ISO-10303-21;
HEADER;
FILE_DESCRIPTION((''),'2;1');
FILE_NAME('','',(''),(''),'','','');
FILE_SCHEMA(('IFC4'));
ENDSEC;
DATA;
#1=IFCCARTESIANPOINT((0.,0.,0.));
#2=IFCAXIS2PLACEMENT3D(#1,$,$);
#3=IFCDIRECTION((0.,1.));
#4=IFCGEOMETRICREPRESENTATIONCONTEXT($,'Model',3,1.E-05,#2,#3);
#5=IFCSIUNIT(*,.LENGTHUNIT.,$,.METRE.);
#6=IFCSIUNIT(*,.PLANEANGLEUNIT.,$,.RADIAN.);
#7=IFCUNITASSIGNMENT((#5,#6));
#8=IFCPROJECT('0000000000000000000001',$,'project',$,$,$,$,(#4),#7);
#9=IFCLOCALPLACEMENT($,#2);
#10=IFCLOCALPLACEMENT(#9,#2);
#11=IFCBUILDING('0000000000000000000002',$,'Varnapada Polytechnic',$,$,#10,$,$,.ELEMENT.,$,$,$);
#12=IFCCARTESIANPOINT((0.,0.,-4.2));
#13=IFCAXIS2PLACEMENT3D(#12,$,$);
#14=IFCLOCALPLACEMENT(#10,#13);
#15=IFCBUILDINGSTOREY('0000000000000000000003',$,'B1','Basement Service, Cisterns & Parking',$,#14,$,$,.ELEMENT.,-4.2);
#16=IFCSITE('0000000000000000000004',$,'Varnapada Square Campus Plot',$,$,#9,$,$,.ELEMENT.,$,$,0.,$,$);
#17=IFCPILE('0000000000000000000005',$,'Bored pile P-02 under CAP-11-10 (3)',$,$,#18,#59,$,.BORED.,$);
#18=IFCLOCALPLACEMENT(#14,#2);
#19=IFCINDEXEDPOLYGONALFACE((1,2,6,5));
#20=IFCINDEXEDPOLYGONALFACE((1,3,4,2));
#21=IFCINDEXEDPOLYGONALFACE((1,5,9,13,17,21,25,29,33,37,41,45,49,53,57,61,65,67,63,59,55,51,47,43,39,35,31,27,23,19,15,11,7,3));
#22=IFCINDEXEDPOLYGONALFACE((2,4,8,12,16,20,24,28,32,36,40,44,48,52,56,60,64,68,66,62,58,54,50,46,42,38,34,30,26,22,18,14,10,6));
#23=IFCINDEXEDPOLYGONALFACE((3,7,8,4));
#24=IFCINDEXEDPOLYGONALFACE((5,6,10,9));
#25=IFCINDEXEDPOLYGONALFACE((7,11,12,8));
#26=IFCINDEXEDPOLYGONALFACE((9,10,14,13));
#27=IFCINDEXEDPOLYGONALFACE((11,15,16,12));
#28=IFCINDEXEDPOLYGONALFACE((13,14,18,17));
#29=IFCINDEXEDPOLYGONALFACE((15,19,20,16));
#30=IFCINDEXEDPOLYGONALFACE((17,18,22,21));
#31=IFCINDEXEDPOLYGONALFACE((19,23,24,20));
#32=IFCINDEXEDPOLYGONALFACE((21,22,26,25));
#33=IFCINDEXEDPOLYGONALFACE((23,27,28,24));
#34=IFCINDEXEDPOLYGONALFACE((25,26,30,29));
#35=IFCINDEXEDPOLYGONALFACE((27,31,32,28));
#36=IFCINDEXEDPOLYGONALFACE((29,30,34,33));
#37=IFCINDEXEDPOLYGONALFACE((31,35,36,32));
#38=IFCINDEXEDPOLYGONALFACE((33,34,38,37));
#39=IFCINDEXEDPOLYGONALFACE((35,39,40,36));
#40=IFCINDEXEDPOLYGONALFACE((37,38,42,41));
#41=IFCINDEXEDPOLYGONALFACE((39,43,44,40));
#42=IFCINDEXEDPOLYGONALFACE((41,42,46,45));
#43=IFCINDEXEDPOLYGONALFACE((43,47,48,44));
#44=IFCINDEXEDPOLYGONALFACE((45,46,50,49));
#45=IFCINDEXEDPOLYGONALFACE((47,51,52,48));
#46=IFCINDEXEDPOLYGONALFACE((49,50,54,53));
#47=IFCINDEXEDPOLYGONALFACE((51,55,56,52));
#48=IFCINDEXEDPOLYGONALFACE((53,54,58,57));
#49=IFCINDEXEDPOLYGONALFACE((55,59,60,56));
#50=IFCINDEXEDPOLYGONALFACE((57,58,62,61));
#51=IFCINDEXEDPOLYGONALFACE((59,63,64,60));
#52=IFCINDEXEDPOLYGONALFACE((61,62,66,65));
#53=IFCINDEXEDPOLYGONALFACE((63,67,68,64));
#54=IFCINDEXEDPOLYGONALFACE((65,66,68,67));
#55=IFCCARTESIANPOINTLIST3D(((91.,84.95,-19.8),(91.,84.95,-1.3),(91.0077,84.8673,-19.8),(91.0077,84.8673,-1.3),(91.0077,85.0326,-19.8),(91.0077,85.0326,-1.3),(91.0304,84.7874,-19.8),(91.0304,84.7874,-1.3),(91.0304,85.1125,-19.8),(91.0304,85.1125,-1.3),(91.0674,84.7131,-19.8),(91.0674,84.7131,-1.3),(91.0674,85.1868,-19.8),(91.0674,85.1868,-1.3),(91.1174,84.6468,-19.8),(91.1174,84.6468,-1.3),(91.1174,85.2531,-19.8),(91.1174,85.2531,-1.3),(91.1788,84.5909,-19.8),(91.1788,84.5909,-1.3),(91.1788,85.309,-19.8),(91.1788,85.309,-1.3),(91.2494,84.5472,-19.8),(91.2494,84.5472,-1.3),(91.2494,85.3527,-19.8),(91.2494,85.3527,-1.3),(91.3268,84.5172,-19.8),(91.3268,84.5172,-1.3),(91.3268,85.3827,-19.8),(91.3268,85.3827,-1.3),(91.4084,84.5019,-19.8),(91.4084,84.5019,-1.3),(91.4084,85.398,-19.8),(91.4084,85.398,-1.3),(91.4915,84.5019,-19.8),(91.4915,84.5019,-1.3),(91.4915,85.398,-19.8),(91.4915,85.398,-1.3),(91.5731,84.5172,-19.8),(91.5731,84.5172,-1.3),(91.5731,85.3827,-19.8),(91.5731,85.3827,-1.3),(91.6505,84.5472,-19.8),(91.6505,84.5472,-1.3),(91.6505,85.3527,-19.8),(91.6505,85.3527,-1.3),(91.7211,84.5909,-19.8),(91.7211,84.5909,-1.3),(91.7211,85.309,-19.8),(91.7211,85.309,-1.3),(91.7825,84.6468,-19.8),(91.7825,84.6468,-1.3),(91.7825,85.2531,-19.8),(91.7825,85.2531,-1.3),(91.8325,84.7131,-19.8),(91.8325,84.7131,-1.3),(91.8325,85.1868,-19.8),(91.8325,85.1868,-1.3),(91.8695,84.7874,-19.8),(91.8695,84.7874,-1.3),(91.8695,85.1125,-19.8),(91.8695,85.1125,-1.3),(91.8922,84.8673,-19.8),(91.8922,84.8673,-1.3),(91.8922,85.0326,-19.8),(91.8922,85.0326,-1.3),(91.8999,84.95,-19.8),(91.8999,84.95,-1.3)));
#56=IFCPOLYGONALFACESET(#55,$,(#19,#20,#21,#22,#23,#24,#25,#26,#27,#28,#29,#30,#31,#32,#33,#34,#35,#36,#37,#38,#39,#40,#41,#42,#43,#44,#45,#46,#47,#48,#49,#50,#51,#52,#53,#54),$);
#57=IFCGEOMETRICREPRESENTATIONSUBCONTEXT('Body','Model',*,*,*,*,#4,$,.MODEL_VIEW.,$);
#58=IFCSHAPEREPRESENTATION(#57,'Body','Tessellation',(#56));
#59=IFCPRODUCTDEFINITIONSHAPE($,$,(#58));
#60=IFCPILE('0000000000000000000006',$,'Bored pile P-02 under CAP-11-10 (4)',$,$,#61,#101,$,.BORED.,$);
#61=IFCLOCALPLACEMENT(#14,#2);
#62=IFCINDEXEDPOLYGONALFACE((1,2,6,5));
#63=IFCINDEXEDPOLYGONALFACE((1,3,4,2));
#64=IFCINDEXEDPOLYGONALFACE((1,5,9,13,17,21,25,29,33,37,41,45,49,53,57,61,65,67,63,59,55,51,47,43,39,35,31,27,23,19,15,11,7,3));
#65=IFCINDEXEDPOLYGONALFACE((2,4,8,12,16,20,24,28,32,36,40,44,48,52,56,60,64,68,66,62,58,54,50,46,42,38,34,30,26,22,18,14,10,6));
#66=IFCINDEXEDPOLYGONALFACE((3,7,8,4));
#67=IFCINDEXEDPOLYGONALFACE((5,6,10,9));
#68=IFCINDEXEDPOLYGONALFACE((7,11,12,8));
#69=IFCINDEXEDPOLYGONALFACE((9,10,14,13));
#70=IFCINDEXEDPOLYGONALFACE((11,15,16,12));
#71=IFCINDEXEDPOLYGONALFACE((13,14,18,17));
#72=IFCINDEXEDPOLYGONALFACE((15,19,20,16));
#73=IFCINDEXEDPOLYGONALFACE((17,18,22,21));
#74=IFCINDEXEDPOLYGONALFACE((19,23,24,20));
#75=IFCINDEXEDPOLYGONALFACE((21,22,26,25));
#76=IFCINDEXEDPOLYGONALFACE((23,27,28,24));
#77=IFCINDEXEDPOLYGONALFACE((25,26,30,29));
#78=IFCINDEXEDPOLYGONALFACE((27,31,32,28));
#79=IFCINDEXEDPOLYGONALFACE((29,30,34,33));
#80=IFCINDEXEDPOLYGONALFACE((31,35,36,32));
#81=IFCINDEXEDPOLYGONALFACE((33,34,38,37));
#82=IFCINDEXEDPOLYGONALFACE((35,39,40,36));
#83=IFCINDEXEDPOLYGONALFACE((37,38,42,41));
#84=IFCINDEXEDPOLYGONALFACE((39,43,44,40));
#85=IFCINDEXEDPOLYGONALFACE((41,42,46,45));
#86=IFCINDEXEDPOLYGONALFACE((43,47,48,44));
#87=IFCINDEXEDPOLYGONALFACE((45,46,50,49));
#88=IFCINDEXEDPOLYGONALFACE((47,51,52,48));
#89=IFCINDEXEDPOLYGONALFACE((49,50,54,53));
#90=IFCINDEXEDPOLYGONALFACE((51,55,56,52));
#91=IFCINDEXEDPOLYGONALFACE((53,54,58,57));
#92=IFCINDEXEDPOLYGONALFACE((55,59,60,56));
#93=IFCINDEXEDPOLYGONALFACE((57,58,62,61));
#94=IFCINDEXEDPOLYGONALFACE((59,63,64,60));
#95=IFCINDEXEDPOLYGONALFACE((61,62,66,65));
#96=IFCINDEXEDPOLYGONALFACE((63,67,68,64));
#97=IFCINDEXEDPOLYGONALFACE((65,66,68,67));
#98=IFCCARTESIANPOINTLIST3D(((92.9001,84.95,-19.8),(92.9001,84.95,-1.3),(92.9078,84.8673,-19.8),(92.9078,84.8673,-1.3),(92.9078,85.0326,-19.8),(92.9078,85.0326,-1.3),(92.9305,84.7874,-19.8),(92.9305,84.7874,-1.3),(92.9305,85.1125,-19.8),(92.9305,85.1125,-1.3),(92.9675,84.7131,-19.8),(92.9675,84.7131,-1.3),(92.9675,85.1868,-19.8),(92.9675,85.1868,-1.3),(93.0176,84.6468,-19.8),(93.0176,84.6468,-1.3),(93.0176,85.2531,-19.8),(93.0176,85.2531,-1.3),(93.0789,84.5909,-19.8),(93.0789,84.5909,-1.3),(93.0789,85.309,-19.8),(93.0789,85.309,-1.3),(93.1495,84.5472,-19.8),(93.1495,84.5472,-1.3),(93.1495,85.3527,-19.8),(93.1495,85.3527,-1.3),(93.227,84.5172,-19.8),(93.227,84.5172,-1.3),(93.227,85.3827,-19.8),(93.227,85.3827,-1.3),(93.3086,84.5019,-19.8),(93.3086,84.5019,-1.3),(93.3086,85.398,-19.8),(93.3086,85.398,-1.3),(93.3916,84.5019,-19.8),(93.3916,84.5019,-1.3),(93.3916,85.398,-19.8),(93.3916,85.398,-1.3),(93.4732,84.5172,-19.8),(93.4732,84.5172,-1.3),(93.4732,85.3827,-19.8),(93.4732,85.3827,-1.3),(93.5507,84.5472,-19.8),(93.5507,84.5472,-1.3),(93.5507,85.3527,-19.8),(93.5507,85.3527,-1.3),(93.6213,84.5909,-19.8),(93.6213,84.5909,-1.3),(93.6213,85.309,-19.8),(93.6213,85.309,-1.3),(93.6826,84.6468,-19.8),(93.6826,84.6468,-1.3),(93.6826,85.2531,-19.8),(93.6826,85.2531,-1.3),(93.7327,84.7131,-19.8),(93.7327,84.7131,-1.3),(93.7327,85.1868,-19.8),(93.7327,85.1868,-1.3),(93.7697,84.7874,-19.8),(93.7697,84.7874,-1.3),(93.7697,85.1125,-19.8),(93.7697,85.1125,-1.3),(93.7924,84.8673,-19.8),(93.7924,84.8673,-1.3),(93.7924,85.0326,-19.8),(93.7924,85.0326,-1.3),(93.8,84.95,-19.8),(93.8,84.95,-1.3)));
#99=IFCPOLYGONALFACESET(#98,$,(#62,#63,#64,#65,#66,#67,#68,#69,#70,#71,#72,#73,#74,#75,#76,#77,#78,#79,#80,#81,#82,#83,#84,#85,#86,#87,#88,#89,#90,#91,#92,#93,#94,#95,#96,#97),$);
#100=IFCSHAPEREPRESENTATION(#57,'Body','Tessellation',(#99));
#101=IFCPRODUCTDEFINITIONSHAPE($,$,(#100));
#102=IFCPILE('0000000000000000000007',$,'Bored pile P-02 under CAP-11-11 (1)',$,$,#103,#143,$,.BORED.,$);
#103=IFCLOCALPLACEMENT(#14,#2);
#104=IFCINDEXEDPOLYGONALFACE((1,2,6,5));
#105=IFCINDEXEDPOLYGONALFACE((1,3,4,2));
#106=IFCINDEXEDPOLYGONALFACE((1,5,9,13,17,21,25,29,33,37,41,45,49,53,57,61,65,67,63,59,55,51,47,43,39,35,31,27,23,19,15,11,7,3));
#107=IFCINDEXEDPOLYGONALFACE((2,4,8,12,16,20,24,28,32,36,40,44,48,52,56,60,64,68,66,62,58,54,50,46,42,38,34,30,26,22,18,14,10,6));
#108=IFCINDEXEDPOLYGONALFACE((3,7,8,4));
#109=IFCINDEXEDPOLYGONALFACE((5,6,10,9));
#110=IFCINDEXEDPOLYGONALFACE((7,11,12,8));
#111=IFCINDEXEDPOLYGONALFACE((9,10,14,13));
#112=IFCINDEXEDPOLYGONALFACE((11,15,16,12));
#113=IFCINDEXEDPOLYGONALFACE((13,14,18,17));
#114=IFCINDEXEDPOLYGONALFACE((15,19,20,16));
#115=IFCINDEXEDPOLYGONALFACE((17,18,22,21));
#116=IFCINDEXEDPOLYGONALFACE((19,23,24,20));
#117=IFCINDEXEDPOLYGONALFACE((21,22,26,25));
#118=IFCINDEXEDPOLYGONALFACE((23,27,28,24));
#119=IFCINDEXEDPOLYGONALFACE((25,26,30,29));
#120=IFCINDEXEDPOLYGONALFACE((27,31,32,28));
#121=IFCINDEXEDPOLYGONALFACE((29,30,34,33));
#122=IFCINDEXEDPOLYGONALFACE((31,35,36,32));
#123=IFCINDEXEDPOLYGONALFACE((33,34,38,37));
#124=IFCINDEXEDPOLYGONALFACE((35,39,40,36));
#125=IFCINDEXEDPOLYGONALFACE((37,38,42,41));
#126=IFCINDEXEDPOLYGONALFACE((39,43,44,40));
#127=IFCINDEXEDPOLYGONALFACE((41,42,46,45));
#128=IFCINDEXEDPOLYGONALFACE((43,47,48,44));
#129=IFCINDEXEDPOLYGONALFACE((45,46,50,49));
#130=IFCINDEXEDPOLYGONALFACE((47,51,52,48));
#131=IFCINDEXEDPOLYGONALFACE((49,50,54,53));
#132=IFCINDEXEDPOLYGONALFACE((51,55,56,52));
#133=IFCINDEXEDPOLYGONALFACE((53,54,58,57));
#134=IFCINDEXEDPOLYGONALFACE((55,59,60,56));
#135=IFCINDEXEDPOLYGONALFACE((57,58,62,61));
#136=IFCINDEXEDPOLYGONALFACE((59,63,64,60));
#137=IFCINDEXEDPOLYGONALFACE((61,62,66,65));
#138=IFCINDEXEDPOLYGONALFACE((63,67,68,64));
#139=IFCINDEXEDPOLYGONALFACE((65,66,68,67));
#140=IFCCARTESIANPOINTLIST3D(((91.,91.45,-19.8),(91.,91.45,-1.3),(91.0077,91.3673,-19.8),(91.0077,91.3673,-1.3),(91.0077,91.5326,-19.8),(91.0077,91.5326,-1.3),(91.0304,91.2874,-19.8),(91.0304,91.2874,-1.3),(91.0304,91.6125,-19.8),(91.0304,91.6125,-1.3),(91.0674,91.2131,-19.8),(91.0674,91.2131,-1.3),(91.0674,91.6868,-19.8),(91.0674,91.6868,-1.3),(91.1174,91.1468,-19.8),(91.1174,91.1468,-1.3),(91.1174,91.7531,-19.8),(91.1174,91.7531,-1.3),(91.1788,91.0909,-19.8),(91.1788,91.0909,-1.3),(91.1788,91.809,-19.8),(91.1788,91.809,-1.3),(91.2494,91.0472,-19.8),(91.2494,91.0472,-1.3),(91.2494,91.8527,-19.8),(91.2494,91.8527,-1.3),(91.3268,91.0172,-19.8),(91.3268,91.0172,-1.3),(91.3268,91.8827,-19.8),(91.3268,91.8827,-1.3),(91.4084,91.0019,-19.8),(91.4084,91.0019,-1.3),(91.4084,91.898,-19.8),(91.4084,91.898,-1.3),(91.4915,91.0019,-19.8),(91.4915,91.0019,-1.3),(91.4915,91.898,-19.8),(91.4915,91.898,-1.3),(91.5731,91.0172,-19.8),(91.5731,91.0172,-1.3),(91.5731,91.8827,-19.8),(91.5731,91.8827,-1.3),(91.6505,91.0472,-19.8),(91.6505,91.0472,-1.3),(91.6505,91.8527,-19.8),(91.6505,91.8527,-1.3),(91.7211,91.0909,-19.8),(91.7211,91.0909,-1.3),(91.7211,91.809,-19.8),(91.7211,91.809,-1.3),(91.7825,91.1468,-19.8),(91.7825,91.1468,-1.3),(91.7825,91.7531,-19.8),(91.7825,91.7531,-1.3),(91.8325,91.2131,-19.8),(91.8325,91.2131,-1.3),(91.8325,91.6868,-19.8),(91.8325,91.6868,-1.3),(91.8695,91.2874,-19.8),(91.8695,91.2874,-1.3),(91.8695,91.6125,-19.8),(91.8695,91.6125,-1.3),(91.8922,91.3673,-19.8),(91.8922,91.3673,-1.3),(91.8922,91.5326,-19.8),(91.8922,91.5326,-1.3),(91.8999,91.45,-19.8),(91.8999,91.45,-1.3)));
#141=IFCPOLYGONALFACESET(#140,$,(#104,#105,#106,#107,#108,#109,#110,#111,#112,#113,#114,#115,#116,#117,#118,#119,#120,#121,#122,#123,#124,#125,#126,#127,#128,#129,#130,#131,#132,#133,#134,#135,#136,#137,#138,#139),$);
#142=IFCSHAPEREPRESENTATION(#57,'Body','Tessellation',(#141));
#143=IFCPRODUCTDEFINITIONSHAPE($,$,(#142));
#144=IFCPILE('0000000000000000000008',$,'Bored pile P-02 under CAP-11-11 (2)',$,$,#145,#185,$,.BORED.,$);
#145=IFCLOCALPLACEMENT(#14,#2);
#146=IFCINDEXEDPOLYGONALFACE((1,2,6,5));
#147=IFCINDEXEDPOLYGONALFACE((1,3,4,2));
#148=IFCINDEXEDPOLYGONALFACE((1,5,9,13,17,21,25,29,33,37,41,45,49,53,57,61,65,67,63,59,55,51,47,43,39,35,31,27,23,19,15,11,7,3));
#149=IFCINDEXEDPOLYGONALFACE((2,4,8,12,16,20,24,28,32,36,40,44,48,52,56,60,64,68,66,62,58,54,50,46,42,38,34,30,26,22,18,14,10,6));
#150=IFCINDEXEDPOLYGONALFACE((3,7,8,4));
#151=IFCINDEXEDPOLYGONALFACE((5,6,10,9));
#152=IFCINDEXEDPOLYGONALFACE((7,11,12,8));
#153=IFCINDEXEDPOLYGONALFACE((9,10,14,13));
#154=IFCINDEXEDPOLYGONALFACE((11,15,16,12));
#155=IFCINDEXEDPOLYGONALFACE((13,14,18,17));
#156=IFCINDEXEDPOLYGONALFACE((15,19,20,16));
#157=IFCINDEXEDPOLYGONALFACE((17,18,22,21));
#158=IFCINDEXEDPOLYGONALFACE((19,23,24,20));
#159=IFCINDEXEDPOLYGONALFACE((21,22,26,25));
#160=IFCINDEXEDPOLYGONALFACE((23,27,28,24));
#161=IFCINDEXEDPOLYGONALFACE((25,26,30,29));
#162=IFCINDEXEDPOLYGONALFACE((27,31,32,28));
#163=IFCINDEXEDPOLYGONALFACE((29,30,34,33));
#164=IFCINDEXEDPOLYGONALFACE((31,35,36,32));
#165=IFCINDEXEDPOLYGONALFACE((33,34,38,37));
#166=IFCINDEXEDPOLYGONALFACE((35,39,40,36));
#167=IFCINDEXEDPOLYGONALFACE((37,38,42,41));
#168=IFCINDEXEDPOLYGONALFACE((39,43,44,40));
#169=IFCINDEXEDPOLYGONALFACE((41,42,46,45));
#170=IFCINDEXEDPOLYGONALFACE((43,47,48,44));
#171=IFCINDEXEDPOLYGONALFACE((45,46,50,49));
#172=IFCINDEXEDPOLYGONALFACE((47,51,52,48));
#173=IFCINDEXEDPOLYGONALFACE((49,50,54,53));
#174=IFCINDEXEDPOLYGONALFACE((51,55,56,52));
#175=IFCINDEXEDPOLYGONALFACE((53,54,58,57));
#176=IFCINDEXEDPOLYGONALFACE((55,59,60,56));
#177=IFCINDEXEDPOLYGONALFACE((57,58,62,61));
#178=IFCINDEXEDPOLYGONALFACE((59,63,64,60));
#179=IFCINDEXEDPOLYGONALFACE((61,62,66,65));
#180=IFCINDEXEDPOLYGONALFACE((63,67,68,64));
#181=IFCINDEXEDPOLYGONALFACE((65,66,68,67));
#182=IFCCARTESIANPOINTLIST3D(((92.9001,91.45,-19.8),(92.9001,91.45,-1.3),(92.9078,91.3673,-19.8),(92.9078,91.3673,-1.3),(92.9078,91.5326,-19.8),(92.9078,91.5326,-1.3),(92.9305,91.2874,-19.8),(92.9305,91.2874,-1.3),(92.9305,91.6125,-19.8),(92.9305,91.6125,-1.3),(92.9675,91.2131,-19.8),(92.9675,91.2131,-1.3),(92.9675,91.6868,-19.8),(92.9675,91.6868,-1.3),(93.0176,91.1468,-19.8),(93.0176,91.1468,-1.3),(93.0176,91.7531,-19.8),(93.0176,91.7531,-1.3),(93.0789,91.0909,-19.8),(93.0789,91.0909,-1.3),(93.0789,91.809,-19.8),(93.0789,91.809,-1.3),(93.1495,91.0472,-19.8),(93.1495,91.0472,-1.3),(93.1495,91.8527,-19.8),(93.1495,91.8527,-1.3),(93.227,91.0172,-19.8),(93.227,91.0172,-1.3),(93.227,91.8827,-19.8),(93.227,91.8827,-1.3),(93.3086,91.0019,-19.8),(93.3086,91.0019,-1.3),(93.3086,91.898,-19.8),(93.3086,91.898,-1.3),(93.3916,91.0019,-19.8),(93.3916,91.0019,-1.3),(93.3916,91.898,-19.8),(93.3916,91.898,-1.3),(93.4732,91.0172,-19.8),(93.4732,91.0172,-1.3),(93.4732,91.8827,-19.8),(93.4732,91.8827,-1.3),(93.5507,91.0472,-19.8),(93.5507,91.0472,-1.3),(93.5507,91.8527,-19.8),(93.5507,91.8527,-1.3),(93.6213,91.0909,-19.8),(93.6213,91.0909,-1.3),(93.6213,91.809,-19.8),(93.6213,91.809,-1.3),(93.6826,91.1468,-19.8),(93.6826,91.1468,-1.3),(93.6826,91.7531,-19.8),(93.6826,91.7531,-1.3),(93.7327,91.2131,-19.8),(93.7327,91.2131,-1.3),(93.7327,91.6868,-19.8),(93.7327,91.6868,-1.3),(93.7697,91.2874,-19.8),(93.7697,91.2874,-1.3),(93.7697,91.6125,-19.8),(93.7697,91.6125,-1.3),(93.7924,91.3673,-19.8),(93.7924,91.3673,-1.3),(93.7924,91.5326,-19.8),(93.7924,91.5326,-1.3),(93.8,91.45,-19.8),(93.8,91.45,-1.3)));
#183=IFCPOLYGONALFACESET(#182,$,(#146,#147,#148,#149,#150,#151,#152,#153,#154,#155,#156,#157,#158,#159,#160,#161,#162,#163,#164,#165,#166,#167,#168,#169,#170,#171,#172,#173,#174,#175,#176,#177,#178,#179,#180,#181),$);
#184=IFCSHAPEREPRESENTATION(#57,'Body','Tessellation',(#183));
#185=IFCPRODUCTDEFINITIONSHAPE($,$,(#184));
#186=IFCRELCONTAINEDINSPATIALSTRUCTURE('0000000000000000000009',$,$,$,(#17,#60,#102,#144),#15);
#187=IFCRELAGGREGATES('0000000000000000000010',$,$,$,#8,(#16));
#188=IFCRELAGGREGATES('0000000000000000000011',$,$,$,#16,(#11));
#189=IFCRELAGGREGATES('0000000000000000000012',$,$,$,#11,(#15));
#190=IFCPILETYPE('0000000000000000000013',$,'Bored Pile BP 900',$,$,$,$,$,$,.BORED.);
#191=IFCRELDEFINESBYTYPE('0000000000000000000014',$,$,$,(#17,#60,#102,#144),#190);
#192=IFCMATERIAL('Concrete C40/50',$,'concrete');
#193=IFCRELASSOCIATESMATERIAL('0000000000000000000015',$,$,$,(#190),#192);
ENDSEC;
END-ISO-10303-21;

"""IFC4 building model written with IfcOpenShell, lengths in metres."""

from ifc_helpers import new_model, si_unit, direction, frame, origin, origin_2d, place, context, subcontext, project, spatial, circle, extrude, material, material_profile, profile_set, type_object, element, save


model = new_model("IFC4")

# Units and contexts
model_context = context("Model", 3, precision=1e-05, world=origin(), true_north=direction((0.0, 1.0)))
body_context = subcontext(model_context, "Body", "Model", "MODEL_VIEW")
ifc_project = project(units=[si_unit("LENGTHUNIT", "METRE"), si_unit("PLANEANGLEUNIT", "RADIAN")], contexts=[model_context])

# Site, building, storey
site_placement = place(None, origin())
site = spatial("IfcSite", under=ifc_project, at=site_placement, Name="Varnapada Square Campus Plot", CompositionType="ELEMENT", RefElevation=0.0)
building_placement = place(site_placement, origin())
building = spatial("IfcBuilding", under=site, at=building_placement, Name="Varnapada Polytechnic", CompositionType="ELEMENT")
storey_placement = place(building_placement, frame((0.0, 0.0, -4.2)))
storey = spatial("IfcBuildingStorey", under=building, at=storey_placement, Name="B1", Description="Basement Service, Cisterns & Parking", CompositionType="ELEMENT", Elevation=-4.2)

# Piles
ifc_material_1 = material(Name="Concrete C40/50", Category="concrete")
ifc_material_profile_1 = material_profile(ifc_material_1, circle(Radius=0.45, at=origin_2d()), Name="BP 900")
ifc_profile_set_1 = profile_set([ifc_material_profile_1], Name="Concrete C40/50")
pile_type_1 = type_object("IfcPileType", Name="Bored Pile BP 900", PredefinedType="BORED", material=ifc_profile_set_1)
for number, where, z_axis, x_axis, name in (
    (1, (91.45, 84.95, -1.3), (0.0, 0.0, -1.0), (1.0, 0.0, 0.0), "Bored pile P-02 under CAP-11-10 (3)"),
    (2, (93.3501, 84.95, -1.3), (0.0, 0.0, -1.0), (1.0, 0.0, 0.0), "Bored pile P-02 under CAP-11-10 (4)"),
    (3, (91.45, 91.45, -1.3), (0.0, 0.0, -1.0), (1.0, 0.0, 0.0), "Bored pile P-02 under CAP-11-11 (1)"),
    (4, (93.3501, 91.45, -1.3), (0.0, 0.0, -1.0), (1.0, 0.0, 0.0), "Bored pile P-02 under CAP-11-11 (2)"),
):
    element("IfcPile", number, at=place(storey_placement, frame(where, z_axis=z_axis, x_axis=x_axis)), inside=storey, type_object=pile_type_1, Name=name, PredefinedType="BORED", context=body_context, shape_type="SweptSolid", body=[
        extrude(circle(Radius=0.45, at=origin_2d()), origin(), (0.0, 0.0, 1.0), 18.5),
    ])

save(model, "model.ifc")
